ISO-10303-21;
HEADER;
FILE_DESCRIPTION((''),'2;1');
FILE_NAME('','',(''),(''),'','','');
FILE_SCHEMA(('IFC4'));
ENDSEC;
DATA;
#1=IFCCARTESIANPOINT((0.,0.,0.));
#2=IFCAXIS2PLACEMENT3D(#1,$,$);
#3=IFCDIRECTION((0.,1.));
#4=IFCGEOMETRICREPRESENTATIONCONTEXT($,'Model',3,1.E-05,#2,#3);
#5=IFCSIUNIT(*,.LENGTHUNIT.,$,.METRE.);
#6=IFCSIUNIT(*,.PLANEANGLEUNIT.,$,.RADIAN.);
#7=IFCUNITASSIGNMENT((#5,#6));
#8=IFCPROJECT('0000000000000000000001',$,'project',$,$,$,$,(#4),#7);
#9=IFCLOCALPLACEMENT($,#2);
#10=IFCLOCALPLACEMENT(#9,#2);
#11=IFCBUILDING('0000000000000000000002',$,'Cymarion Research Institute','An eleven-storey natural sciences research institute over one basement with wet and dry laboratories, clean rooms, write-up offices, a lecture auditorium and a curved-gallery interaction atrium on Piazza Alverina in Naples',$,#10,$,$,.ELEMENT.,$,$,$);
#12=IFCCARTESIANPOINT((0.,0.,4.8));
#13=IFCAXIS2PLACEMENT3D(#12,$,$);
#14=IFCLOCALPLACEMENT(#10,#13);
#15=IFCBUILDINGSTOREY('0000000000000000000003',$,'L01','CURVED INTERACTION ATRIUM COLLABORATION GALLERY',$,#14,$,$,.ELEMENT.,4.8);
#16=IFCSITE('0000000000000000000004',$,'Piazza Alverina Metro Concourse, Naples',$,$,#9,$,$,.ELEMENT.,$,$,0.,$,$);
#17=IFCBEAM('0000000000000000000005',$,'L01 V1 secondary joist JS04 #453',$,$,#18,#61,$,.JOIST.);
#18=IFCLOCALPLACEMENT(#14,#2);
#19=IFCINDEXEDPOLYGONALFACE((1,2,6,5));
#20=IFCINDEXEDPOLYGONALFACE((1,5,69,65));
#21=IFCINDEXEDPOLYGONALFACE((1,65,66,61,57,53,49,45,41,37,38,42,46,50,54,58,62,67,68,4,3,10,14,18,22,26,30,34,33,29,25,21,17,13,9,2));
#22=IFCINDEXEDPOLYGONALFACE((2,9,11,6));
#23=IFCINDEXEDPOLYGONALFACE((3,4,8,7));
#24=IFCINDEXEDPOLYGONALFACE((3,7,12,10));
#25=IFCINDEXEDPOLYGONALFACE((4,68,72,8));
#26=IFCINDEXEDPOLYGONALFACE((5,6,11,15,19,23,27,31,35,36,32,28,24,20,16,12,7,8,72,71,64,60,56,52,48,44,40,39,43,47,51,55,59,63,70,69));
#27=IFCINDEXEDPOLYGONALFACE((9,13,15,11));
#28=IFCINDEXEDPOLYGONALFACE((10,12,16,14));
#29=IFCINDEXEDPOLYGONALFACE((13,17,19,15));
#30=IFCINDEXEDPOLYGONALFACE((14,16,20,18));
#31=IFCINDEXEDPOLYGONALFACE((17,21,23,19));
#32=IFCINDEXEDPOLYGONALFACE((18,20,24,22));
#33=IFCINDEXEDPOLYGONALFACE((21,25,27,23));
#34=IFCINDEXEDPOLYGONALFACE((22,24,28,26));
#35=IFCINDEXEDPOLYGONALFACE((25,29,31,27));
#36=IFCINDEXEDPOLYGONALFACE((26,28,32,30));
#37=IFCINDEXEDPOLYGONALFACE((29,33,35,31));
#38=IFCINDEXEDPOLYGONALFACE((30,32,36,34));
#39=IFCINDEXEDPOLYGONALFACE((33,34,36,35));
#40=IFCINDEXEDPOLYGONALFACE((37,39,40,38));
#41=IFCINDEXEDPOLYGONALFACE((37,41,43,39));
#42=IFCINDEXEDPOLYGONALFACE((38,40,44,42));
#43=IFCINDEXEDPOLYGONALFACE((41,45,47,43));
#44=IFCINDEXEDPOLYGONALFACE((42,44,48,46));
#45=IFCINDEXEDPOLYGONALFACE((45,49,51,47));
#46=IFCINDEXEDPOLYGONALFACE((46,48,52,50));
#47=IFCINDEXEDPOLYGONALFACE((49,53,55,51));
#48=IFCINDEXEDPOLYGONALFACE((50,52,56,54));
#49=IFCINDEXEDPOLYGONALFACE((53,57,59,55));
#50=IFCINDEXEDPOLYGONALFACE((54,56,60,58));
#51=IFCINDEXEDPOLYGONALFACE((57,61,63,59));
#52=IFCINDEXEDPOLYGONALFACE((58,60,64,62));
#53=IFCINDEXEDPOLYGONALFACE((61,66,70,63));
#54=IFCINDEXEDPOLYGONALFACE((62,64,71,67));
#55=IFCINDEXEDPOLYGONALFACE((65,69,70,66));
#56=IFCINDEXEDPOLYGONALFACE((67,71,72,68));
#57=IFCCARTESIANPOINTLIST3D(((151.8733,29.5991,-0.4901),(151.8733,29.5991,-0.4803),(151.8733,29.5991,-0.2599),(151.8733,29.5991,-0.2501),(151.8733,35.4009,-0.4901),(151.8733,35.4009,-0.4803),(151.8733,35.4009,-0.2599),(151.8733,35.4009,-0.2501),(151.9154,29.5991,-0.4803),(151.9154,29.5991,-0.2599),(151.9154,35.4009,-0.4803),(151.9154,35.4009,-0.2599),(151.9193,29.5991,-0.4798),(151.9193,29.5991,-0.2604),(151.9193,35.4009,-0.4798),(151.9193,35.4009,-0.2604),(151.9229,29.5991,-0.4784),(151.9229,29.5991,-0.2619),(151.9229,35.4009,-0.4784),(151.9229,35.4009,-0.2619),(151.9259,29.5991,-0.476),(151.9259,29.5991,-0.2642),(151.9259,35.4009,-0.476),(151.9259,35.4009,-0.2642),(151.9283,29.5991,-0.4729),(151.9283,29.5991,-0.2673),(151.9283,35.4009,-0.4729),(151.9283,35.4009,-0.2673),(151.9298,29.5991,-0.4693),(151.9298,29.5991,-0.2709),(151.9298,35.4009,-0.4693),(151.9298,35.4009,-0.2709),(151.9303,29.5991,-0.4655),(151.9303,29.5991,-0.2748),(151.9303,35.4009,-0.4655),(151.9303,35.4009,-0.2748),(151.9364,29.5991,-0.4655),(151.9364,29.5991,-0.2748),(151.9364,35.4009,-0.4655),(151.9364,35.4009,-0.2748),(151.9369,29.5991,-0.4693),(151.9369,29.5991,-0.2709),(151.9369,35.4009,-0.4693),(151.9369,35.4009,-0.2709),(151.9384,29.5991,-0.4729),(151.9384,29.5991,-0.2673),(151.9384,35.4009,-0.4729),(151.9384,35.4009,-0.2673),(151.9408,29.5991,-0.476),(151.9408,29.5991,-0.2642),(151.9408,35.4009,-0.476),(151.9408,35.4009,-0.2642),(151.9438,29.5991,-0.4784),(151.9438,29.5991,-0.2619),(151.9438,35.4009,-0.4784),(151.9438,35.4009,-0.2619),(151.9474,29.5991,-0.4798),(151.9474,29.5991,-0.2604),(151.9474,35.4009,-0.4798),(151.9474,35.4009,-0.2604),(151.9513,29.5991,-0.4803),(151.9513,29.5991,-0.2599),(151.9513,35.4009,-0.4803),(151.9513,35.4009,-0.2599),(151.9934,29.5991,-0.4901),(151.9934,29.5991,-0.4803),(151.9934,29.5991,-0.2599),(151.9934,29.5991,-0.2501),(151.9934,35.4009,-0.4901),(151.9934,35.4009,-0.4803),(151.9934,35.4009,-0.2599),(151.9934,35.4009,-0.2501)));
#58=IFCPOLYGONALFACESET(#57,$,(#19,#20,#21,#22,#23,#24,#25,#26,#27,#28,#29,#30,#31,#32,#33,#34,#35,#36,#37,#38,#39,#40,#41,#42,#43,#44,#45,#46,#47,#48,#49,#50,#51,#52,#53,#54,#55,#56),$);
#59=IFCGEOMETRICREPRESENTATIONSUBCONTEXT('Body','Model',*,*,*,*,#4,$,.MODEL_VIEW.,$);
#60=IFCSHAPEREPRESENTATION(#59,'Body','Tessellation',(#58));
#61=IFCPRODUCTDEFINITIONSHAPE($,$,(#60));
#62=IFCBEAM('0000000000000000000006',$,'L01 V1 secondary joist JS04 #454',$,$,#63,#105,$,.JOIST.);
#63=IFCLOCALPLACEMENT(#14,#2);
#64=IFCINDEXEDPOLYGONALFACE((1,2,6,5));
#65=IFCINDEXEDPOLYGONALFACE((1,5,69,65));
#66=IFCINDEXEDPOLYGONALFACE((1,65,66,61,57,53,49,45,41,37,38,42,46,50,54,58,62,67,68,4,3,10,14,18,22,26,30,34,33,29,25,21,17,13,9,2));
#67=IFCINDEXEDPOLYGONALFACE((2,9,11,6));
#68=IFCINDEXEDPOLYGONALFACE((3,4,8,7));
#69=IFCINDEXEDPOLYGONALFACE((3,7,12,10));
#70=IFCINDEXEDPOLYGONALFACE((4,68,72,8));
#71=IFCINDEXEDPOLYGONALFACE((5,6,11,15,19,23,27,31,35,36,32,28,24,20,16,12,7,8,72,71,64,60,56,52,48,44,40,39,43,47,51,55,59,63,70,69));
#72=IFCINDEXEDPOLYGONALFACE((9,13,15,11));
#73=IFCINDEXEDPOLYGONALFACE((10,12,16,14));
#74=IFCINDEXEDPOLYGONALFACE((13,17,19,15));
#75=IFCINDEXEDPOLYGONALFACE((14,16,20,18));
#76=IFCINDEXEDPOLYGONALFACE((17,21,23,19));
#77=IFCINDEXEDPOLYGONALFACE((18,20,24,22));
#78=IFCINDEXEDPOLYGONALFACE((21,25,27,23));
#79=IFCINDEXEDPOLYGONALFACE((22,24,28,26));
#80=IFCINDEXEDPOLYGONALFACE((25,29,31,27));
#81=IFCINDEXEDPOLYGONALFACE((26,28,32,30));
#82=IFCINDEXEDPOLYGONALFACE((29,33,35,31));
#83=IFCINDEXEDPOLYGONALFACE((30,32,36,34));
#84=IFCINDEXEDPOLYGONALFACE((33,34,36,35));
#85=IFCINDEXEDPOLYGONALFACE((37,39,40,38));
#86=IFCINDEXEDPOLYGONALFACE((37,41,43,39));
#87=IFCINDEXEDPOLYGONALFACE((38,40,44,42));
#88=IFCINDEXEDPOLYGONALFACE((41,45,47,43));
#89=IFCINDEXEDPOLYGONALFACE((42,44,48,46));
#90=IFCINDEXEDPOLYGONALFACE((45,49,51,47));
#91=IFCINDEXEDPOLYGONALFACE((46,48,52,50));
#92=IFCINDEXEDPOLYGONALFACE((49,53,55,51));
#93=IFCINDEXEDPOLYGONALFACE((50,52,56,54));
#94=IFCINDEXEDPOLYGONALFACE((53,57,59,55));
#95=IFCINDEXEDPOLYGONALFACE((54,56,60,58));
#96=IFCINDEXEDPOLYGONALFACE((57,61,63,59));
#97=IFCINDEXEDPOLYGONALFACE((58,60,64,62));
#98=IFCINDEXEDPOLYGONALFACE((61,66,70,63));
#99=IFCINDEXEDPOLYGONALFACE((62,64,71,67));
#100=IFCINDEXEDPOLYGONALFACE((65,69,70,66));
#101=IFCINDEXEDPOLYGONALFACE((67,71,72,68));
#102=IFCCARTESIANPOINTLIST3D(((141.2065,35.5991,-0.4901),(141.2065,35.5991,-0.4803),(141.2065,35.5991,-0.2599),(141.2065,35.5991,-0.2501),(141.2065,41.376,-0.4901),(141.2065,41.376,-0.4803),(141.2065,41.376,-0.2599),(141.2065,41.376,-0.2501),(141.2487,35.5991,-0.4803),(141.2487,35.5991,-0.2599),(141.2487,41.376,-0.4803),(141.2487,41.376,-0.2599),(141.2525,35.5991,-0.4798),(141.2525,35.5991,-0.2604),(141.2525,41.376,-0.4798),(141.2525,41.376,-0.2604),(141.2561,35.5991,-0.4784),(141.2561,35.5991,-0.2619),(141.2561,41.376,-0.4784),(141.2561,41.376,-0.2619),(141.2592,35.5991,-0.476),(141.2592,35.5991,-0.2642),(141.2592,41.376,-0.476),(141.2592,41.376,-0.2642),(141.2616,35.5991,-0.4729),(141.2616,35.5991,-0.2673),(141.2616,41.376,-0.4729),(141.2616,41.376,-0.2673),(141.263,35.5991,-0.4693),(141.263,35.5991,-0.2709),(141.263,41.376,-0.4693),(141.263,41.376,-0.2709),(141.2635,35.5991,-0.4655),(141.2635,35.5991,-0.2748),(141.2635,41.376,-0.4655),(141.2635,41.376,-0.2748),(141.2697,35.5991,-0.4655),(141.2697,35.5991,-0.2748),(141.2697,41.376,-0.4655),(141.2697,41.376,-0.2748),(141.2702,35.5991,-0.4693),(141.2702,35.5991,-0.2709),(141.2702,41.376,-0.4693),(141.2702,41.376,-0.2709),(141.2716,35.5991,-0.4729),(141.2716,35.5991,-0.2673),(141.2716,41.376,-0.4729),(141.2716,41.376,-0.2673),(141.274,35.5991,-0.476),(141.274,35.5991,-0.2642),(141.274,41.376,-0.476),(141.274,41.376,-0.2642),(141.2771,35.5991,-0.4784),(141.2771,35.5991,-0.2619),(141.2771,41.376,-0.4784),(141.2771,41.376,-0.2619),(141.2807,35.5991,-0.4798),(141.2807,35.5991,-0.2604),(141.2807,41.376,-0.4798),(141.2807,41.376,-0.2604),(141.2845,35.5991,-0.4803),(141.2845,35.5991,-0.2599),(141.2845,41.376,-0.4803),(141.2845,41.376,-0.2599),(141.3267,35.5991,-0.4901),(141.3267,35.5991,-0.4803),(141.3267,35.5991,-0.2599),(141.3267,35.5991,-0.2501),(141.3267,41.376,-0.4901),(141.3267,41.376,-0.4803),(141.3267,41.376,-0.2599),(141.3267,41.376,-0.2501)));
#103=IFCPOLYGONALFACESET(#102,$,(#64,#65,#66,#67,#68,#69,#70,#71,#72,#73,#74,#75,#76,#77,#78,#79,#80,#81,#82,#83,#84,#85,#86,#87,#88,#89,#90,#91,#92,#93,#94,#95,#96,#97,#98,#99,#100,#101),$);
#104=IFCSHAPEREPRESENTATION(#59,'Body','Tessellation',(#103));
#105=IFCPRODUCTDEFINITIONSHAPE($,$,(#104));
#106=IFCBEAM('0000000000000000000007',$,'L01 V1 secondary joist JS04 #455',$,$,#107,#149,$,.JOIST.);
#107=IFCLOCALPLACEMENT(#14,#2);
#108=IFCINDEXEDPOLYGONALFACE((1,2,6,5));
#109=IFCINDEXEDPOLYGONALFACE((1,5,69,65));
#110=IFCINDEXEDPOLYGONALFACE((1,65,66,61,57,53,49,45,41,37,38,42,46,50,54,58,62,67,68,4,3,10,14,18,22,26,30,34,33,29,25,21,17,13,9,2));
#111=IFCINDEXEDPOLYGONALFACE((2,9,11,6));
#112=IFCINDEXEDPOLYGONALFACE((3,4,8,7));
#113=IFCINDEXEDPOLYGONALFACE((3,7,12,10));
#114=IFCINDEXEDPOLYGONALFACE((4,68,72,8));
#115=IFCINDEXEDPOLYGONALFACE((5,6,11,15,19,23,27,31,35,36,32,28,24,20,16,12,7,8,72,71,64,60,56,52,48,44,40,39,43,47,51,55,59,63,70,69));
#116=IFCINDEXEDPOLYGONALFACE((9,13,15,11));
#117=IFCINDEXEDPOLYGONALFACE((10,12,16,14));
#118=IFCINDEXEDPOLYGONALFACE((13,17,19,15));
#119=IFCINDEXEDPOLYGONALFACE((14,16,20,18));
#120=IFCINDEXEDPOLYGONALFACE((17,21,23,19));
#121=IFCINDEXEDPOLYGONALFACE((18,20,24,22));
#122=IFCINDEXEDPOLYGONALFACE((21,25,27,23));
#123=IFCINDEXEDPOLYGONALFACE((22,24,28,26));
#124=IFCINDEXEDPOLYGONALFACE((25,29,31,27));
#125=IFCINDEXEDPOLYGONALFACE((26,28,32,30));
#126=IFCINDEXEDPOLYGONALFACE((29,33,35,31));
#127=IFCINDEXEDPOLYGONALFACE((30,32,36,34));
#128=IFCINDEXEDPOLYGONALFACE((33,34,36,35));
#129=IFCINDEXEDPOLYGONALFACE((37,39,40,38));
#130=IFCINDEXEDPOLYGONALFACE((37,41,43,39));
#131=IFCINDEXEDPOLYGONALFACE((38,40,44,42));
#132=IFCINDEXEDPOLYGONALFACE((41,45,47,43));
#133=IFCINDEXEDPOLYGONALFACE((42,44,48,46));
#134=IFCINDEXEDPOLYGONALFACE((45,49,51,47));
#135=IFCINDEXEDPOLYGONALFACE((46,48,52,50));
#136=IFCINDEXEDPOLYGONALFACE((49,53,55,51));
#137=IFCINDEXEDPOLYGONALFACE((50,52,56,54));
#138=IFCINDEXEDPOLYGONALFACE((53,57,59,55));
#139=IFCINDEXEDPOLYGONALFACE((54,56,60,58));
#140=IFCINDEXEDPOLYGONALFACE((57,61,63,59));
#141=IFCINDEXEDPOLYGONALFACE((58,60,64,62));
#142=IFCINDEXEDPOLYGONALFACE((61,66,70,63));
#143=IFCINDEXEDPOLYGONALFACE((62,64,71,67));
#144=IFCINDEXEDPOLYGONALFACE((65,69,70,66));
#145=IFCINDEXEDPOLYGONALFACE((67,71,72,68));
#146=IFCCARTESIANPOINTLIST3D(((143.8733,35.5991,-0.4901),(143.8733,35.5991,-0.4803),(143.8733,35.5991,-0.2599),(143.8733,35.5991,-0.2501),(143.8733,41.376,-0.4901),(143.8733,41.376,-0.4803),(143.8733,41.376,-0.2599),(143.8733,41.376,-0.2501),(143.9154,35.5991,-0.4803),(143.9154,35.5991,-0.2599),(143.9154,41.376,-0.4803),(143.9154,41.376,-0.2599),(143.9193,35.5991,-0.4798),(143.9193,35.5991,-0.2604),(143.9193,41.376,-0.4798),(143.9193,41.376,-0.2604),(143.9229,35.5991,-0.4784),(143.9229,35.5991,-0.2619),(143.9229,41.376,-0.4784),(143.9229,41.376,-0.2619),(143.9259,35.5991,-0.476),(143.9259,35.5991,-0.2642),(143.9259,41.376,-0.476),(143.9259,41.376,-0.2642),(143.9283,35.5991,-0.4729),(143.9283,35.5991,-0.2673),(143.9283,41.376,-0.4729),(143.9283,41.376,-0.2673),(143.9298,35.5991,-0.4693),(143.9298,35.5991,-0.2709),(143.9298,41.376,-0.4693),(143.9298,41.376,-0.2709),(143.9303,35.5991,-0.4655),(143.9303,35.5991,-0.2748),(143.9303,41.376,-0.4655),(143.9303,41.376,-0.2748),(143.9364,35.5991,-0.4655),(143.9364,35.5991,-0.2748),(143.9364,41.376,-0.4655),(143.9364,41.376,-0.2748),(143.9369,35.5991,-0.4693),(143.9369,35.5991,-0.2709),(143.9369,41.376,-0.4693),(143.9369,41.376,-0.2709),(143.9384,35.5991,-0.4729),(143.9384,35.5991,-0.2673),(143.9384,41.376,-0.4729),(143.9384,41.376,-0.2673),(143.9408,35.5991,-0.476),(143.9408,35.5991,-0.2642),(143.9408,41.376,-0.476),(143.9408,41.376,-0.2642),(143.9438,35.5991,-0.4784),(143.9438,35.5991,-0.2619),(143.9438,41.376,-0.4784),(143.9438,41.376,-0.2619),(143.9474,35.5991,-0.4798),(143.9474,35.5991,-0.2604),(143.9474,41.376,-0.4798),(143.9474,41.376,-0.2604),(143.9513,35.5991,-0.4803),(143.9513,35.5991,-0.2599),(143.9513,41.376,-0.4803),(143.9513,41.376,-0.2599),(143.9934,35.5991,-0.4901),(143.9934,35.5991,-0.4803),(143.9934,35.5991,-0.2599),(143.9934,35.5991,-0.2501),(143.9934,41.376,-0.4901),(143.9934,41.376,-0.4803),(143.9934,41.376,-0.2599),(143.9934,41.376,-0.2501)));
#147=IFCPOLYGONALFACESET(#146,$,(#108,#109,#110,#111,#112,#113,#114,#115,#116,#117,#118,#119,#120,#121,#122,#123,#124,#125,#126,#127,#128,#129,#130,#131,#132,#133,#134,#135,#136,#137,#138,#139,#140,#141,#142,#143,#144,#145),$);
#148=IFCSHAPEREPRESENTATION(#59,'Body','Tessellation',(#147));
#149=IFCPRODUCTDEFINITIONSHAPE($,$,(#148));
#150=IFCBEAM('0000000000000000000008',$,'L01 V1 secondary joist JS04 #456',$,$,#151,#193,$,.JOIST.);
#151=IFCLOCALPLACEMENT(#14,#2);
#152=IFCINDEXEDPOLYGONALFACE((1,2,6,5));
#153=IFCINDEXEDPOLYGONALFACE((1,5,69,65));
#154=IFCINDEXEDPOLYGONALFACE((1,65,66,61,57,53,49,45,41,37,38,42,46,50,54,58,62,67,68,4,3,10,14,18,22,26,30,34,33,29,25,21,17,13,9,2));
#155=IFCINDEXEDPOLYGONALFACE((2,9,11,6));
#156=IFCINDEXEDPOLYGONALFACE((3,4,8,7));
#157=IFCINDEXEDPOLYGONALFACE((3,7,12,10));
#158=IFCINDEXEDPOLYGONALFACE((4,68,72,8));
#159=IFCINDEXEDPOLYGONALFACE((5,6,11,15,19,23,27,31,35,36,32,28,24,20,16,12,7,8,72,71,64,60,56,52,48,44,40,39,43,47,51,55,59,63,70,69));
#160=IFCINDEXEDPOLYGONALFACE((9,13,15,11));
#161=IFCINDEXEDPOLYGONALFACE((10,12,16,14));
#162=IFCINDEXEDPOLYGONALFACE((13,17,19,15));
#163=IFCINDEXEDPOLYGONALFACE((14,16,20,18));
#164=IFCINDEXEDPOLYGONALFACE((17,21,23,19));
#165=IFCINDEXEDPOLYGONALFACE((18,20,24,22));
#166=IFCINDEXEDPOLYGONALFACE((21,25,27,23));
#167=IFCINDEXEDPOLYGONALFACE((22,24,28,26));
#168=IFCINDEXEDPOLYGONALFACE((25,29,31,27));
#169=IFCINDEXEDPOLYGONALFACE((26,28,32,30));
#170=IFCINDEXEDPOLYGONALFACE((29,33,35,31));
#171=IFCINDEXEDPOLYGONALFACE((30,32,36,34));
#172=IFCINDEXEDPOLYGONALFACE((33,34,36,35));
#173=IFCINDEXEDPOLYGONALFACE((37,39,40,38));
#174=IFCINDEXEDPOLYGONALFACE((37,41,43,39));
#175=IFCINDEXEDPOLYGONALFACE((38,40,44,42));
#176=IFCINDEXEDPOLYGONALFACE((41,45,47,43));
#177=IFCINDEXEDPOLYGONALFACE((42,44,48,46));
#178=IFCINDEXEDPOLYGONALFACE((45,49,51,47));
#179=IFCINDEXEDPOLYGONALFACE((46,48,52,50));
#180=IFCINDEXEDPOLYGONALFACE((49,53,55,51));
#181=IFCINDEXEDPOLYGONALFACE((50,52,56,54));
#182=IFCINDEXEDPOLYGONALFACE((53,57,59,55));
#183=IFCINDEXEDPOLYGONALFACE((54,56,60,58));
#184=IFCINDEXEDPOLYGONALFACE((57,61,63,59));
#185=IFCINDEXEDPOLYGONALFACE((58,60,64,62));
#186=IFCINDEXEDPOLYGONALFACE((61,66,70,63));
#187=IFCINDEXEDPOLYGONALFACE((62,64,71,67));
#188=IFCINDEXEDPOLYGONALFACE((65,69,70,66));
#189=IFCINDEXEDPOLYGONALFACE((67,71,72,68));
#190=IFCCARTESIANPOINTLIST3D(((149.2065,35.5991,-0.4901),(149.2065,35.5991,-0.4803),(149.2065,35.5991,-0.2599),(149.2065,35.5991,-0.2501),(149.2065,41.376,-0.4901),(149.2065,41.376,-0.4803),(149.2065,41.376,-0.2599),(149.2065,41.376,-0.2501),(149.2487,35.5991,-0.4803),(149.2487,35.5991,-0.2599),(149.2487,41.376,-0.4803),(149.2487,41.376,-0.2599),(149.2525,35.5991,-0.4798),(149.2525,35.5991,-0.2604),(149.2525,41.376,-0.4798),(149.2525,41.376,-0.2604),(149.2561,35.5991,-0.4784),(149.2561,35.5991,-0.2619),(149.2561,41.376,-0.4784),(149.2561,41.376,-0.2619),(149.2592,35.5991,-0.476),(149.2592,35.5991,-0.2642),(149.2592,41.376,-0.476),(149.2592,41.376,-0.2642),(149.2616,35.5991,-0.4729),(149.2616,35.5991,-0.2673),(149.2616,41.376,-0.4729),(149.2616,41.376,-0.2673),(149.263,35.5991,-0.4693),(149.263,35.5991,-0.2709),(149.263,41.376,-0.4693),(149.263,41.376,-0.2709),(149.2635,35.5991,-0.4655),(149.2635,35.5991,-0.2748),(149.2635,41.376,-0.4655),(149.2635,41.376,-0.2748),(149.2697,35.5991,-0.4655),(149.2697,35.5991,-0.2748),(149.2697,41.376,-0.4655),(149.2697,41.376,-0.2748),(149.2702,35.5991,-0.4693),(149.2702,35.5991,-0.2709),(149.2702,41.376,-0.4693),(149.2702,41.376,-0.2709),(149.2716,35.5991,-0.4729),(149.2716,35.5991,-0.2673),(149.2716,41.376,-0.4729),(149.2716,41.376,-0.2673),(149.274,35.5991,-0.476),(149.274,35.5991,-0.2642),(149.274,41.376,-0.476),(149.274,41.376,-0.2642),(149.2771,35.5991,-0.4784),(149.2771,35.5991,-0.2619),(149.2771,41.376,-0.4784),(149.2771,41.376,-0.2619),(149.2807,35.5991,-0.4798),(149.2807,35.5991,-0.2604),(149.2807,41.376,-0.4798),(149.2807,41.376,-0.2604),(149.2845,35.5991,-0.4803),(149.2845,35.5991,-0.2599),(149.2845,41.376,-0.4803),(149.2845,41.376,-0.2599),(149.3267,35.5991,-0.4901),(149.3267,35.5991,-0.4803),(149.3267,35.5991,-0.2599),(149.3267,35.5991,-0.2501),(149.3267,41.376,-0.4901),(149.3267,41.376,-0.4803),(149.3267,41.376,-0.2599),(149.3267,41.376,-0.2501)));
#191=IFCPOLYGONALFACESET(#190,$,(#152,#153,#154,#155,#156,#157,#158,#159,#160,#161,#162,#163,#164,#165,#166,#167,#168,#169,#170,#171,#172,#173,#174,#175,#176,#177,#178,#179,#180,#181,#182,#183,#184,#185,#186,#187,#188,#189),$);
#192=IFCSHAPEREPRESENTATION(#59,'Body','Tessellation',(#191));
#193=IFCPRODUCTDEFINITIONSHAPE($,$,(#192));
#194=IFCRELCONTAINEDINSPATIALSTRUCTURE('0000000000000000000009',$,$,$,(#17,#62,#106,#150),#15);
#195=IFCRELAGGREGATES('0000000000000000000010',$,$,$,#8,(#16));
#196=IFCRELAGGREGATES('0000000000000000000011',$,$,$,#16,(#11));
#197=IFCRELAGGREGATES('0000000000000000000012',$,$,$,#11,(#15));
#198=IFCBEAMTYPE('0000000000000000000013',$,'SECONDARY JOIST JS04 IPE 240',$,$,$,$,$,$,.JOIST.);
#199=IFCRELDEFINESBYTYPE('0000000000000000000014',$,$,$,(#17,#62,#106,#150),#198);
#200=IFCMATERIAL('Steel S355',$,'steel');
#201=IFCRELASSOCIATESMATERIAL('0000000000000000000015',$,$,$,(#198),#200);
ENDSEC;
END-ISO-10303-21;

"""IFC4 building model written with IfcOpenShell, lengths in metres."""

from ifc_helpers import new_model, si_unit, direction, frame, origin, origin_2d, place, context, subcontext, project, spatial, i_section, extrude, material, material_profile, profile_set, type_object, element, save


model = new_model("IFC4")

# Units and contexts
model_context = context("Model", 3, precision=1e-05, world=origin(), true_north=direction((0.0, 1.0)))
body_context = subcontext(model_context, "Body", "Model", "MODEL_VIEW")
ifc_project = project(units=[si_unit("LENGTHUNIT", "METRE"), si_unit("PLANEANGLEUNIT", "RADIAN")], contexts=[model_context])

# Site, building, storey
site_placement = place(None, origin())
site = spatial("IfcSite", under=ifc_project, at=site_placement, Name="Piazza Alverina Metro Concourse, Naples", CompositionType="ELEMENT", RefElevation=0.0)
building_placement = place(site_placement, origin())
building = spatial("IfcBuilding", under=site, at=building_placement, Name="Cymarion Research Institute", Description="An eleven-storey natural sciences research institute over one basement with wet and dry laboratories, clean rooms, write-up offices, a lecture auditorium and a curved-gallery interaction atrium on Piazza Alverina in Naples", CompositionType="ELEMENT")
storey_placement = place(building_placement, frame((0.0, 0.0, 4.8)))
storey = spatial("IfcBuildingStorey", under=building, at=storey_placement, Name="L01", Description="CURVED INTERACTION ATRIUM COLLABORATION GALLERY", CompositionType="ELEMENT", Elevation=4.8)

# Shared definitions
ifc_material_1 = material(Name="Steel S355", Category="steel")

# Beams
ifc_material_profile_1 = material_profile(ifc_material_1, i_section(OverallWidth=0.1201, OverallDepth=0.24, WebThickness=0.0061, FlangeThickness=0.0098, FilletRadius=0.0149, at=origin_2d()), Name="IPE 240")
ifc_profile_set_1 = profile_set([ifc_material_profile_1], Name="Steel S355")
beam_type_1 = type_object("IfcBeamType", Name="SECONDARY JOIST JS04 IPE 240", PredefinedType="JOIST", material=ifc_profile_set_1)
for number, where, z_axis, x_axis, name in (
    (1, (151.9333, 29.5991, -0.3701), (0.0, 1.0, 0.0), (-1.0, 0.0, 0.0), "L01 V1 secondary joist JS04 #453"),
):
    element("IfcBeam", number, at=place(storey_placement, frame(where, z_axis=z_axis, x_axis=x_axis)), inside=storey, type_object=beam_type_1, Name=name, PredefinedType="JOIST", context=body_context, shape_type="SweptSolid", body=[
        extrude(i_section(OverallWidth=0.1201, OverallDepth=0.24, WebThickness=0.0061, FlangeThickness=0.0098, FilletRadius=0.0149, at=origin_2d()), origin(), (0.0, 0.0, 1.0), 5.8018),
    ])
for number, where, z_axis, x_axis, name in (
    (2, (141.2666, 35.5991, -0.3701), (0.0, 1.0, 0.0), (-1.0, 0.0, 0.0), "L01 V1 secondary joist JS04 #454"),
    (3, (143.9333, 35.5991, -0.3701), (0.0, 1.0, 0.0), (-1.0, 0.0, 0.0), "L01 V1 secondary joist JS04 #455"),
    (4, (149.2666, 35.5991, -0.3701), (0.0, 1.0, 0.0), (-1.0, 0.0, 0.0), "L01 V1 secondary joist JS04 #456"),
):
    element("IfcBeam", number, at=place(storey_placement, frame(where, z_axis=z_axis, x_axis=x_axis)), inside=storey, type_object=beam_type_1, Name=name, PredefinedType="JOIST", context=body_context, shape_type="SweptSolid", body=[
        extrude(i_section(OverallWidth=0.1201, OverallDepth=0.24, WebThickness=0.0061, FlangeThickness=0.0098, FilletRadius=0.0149, at=origin_2d()), origin(), (0.0, 0.0, 1.0), 5.7769),
    ])

save(model, "model.ifc")
